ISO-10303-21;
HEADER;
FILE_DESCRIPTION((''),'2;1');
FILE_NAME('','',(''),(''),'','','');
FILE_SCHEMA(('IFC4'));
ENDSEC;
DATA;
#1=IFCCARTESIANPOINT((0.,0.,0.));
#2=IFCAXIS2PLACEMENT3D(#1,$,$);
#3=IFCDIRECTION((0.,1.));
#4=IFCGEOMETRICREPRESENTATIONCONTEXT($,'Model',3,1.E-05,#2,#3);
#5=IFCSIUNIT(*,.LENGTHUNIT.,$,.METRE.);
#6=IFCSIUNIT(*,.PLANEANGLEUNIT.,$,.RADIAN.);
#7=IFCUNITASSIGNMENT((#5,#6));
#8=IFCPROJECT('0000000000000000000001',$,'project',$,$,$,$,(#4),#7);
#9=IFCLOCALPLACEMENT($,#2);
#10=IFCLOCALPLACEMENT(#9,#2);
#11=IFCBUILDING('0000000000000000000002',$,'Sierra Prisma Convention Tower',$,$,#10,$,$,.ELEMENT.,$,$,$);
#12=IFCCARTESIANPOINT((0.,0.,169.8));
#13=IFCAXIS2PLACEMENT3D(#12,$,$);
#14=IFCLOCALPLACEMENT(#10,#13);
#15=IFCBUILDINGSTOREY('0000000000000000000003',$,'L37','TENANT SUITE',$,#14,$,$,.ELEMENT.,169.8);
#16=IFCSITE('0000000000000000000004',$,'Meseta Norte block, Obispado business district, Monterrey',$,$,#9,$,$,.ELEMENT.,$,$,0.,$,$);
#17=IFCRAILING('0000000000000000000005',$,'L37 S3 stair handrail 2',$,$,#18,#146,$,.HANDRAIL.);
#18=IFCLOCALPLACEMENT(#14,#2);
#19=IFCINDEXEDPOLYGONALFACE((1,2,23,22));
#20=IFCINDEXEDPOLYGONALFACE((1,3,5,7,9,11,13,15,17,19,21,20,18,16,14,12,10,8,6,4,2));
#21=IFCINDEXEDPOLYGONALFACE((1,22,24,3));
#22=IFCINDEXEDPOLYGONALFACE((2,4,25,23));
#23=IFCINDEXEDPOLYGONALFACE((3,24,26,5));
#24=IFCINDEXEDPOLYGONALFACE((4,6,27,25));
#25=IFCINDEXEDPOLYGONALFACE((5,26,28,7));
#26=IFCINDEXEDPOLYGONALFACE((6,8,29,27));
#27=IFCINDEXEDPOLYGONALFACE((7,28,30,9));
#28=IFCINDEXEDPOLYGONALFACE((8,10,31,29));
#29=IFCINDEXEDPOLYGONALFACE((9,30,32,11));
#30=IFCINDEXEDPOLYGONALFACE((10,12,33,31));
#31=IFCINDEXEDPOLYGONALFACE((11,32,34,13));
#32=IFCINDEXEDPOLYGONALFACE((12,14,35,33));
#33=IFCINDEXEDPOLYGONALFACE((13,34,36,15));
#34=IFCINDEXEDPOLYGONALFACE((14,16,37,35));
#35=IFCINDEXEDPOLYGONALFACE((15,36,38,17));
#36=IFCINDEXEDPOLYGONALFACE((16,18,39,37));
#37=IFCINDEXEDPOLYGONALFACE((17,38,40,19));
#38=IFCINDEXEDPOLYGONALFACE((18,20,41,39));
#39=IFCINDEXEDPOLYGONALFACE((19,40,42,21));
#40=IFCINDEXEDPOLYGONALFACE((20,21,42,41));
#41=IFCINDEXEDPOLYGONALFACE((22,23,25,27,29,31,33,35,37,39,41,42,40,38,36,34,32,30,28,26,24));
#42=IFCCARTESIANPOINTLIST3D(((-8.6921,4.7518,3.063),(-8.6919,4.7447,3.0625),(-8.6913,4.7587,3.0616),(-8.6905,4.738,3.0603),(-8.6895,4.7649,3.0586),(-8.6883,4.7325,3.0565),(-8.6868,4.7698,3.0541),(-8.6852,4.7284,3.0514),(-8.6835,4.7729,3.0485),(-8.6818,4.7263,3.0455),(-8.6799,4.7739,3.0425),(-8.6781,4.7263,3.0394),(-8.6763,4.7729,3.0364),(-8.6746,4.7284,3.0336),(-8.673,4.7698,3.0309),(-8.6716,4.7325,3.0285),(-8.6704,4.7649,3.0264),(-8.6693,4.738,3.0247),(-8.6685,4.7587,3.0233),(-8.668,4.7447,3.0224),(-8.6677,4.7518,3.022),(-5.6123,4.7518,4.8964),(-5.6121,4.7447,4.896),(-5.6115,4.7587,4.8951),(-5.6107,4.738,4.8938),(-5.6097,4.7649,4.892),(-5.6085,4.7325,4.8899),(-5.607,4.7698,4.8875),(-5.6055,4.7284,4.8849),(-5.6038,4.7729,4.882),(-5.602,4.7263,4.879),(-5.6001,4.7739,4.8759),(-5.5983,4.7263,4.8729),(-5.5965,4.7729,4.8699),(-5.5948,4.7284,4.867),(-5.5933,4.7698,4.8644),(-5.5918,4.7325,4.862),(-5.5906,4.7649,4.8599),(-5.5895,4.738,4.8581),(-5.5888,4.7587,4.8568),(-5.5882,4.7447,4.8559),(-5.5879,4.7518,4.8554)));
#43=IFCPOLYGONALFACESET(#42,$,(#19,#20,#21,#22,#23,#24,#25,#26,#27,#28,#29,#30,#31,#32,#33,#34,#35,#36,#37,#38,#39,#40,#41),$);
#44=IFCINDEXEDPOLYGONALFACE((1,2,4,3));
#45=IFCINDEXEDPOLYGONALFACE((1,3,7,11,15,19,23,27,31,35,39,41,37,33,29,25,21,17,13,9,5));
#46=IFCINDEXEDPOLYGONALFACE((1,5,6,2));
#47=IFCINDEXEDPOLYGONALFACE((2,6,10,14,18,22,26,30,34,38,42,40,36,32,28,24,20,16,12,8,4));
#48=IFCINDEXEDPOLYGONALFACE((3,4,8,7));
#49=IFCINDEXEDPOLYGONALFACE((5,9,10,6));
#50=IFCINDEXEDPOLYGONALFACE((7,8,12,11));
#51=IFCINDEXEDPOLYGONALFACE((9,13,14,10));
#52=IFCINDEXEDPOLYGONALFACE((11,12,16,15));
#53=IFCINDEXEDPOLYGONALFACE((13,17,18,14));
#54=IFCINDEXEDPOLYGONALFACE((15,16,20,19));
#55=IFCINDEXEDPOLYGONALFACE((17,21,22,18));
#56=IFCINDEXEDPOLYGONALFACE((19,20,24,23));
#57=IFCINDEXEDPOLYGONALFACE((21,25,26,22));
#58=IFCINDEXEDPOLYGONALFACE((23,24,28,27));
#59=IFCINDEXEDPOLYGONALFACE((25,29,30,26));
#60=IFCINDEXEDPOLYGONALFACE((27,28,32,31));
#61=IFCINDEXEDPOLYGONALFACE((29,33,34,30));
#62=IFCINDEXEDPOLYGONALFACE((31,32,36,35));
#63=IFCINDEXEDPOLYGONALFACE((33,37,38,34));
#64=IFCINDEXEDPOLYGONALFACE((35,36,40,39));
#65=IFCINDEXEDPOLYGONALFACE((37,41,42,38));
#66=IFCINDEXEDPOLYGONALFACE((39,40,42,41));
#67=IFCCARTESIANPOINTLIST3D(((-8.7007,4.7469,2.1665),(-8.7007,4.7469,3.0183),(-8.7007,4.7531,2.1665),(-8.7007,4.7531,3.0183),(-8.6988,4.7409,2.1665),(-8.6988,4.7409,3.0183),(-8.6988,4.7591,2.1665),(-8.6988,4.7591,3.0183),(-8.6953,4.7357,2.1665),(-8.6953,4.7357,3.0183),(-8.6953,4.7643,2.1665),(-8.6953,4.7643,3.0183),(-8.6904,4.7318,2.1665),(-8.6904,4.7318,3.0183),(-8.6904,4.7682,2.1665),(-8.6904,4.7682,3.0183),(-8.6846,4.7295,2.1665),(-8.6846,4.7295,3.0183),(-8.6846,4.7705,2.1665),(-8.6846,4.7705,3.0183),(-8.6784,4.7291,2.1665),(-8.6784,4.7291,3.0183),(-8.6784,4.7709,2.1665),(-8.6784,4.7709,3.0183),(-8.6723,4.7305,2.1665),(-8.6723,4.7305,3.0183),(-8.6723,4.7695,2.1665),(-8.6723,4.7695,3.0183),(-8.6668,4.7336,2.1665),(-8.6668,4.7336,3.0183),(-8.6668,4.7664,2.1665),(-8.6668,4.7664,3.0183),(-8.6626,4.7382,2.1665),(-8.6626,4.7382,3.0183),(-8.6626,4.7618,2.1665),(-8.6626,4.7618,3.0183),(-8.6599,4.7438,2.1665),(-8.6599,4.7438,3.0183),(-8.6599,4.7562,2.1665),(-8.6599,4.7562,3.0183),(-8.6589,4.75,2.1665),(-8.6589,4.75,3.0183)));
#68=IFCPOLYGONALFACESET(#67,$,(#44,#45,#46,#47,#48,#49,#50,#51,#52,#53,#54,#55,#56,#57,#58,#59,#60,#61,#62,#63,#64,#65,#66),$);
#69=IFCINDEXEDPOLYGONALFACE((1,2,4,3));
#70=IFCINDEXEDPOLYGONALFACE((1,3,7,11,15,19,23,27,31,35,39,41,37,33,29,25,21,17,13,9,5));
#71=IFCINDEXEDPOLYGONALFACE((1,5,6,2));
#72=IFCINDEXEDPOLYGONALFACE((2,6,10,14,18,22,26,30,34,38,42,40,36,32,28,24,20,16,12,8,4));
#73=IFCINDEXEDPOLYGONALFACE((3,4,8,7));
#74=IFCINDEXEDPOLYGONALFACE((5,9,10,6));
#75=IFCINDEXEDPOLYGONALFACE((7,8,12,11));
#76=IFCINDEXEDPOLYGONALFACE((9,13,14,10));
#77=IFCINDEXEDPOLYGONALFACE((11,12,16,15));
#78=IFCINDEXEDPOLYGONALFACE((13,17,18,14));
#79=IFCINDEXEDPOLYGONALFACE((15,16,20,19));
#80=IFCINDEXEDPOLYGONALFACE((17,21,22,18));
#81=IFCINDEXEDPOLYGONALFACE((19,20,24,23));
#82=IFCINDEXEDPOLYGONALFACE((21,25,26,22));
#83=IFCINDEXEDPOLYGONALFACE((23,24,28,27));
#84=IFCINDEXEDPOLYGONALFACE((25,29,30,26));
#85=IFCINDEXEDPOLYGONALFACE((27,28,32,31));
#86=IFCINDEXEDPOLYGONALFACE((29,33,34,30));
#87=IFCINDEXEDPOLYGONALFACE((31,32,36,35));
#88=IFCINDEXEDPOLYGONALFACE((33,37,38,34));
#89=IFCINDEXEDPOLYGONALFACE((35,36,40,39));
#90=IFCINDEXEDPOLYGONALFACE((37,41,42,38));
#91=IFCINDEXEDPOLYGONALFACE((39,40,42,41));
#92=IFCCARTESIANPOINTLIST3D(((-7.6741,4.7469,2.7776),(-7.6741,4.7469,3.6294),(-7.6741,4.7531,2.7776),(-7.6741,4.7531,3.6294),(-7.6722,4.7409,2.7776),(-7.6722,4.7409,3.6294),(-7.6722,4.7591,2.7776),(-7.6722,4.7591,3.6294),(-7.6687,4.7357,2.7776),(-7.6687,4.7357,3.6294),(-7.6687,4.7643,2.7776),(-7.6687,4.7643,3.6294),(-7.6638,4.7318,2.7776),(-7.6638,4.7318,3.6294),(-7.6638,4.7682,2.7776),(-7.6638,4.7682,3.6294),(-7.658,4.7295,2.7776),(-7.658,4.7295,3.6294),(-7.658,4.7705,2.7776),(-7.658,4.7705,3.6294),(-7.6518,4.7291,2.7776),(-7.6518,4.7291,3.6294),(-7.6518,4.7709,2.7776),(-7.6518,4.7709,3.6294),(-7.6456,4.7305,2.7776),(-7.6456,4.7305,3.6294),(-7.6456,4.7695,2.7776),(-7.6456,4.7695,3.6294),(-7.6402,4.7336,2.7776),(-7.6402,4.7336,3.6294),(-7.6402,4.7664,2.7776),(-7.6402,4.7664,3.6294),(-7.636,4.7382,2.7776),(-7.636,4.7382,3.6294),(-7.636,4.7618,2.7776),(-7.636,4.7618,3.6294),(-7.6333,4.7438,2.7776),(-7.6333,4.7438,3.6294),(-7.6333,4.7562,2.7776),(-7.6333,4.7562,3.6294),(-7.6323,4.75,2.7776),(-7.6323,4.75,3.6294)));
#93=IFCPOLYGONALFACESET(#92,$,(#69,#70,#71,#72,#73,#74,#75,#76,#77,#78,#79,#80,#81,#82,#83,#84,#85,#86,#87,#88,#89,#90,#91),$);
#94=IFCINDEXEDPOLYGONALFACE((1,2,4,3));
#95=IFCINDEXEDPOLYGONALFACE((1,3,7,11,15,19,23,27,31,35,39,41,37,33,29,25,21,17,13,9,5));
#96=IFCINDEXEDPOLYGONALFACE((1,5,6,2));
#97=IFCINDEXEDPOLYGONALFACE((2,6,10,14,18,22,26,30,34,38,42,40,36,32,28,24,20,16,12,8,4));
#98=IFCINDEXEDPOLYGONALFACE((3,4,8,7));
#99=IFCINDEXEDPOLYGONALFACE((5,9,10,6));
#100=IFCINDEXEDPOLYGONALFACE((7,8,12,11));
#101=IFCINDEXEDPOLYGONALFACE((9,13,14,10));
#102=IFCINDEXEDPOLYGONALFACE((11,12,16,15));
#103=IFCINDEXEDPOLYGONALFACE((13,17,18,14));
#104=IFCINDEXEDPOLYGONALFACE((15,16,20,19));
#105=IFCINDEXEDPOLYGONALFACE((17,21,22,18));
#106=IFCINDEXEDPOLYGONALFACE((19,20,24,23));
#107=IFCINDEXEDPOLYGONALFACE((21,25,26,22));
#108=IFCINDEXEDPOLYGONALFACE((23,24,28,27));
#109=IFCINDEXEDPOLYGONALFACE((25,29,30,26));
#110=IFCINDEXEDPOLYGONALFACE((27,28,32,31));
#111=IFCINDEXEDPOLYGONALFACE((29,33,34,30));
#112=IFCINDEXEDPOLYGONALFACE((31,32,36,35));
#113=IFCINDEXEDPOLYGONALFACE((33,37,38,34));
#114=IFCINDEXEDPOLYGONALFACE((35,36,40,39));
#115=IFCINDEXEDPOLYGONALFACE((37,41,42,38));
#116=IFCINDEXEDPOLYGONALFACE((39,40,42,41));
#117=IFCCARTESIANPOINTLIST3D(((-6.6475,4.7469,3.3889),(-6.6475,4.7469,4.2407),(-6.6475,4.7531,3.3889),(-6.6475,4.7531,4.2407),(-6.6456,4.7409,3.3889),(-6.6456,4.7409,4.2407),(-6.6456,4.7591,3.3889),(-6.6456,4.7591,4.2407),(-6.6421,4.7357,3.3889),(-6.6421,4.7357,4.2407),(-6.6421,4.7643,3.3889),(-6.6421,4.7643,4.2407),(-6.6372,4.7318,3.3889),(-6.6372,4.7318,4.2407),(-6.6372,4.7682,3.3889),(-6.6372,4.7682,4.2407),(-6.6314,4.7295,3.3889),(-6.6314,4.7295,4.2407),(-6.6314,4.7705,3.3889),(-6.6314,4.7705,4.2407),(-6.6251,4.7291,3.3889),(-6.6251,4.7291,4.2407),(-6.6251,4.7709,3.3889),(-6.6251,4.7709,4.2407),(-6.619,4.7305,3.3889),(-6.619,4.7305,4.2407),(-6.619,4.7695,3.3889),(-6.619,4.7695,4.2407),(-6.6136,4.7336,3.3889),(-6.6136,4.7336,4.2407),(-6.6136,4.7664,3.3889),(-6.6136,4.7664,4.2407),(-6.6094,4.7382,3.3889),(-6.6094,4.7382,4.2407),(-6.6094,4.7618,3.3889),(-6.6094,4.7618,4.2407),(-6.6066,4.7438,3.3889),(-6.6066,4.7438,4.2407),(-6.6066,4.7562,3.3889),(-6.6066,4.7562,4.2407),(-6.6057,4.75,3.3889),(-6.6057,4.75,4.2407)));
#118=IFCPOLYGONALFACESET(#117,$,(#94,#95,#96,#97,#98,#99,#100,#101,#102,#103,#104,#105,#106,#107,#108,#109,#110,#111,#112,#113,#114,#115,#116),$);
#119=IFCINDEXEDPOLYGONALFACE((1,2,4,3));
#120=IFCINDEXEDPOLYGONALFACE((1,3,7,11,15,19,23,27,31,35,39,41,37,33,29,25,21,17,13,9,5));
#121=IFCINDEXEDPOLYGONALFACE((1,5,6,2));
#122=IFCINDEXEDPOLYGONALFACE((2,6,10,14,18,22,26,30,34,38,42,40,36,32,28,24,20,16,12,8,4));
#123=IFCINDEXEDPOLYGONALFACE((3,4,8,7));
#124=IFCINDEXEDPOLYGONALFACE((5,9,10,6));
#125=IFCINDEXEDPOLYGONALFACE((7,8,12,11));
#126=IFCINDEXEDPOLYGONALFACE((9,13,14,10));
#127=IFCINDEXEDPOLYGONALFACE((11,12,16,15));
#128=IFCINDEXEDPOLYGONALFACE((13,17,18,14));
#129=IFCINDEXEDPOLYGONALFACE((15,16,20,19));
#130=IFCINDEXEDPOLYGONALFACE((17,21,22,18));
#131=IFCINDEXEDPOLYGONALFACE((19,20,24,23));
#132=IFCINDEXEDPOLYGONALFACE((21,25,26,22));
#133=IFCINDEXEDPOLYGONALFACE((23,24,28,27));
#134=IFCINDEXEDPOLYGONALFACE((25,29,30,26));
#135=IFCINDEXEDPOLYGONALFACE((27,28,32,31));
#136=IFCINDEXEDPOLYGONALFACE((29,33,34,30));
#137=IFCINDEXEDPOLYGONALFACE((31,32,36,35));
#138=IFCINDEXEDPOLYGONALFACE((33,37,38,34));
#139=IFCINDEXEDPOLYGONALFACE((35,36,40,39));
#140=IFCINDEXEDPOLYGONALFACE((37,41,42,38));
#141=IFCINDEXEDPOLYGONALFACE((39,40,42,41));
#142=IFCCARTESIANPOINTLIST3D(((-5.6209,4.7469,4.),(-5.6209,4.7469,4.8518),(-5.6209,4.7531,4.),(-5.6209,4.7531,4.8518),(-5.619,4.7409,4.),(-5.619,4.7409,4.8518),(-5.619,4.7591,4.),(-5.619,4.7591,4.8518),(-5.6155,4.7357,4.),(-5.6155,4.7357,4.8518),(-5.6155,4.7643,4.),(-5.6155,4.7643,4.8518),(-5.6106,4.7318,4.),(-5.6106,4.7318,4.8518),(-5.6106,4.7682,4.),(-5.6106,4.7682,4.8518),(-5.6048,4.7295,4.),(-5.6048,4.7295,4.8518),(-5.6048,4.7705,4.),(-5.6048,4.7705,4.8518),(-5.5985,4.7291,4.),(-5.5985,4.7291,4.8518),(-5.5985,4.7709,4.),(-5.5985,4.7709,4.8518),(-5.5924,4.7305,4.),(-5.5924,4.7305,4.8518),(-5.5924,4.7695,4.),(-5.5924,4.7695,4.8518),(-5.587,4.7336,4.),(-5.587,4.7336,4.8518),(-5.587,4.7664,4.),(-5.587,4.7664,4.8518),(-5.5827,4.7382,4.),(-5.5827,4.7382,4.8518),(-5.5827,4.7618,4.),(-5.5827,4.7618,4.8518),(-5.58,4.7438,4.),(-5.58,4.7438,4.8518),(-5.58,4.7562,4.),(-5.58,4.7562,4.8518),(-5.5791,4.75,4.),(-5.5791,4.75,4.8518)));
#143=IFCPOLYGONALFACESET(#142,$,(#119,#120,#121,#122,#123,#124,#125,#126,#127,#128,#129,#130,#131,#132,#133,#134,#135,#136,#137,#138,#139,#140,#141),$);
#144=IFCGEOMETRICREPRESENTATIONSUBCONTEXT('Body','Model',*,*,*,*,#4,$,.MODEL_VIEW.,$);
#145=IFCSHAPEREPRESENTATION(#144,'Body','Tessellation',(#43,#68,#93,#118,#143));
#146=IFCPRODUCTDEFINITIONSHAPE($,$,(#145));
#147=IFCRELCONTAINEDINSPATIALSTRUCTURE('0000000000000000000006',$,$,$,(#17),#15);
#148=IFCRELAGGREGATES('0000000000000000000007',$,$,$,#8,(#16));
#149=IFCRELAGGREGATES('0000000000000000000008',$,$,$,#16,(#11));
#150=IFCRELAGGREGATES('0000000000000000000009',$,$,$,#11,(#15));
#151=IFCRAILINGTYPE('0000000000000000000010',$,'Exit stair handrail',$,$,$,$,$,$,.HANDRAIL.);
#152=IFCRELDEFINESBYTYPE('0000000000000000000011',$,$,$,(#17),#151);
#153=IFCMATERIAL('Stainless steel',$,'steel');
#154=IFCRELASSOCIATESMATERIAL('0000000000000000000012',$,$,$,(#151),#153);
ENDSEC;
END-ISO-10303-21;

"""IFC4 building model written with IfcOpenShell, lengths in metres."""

from ifc_helpers import new_model, si_unit, direction, frame, origin, origin_2d, place, context, subcontext, project, spatial, circle, extrude, material, type_object, element, save


model = new_model("IFC4")

# Units and contexts
model_context = context("Model", 3, precision=1e-05, world=origin(), true_north=direction((0.0, 1.0)))
body_context = subcontext(model_context, "Body", "Model", "MODEL_VIEW")
ifc_project = project(units=[si_unit("LENGTHUNIT", "METRE"), si_unit("PLANEANGLEUNIT", "RADIAN")], contexts=[model_context])

# Site, building, storey
site_placement = place(None, origin())
site = spatial("IfcSite", under=ifc_project, at=site_placement, Name="Meseta Norte block, Obispado business district, Monterrey", CompositionType="ELEMENT", RefElevation=0.0)
building_placement = place(site_placement, origin())
building = spatial("IfcBuilding", under=site, at=building_placement, Name="Sierra Prisma Convention Tower", CompositionType="ELEMENT")
storey_placement = place(building_placement, frame((0.0, 0.0, 169.8)))
storey = spatial("IfcBuildingStorey", under=building, at=storey_placement, Name="L37", Description="TENANT SUITE", CompositionType="ELEMENT", Elevation=169.8)

# Railing
ifc_material_1 = material(Name="Stainless steel", Category="steel")
railing_type_1 = type_object("IfcRailingType", Name="Exit stair handrail", PredefinedType="HANDRAIL", material=ifc_material_1)
railing_1_placement = place(storey_placement, frame((-8.6799, 4.75, 2.1665)))
element("IfcRailing", 1, at=railing_1_placement, inside=storey, type_object=railing_type_1, Name="L37 S3 stair handrail 2", PredefinedType="HANDRAIL", context=body_context, shape_type="SweptSolid", body=[
    extrude(circle(Radius=0.0239, at=origin_2d()), frame((0.0, 0.0, 0.876), z_axis=(0.859261, 0.0, 0.511538), x_axis=(0.0, 1.0, 0.0)), (0.0, 0.0, 1.0), 3.5842),
    extrude(circle(Radius=0.021, at=origin_2d()), origin(), (0.0, 0.0, 1.0), 0.8518),
    extrude(circle(Radius=0.021, at=origin_2d()), frame((1.0266, 0.0, 0.6111)), (0.0, 0.0, 1.0), 0.8518),
    extrude(circle(Radius=0.021, at=origin_2d()), frame((2.0532, 0.0, 1.2224)), (0.0, 0.0, 1.0), 0.8518),
    extrude(circle(Radius=0.021, at=origin_2d()), frame((3.0798, 0.0, 1.8335)), (0.0, 0.0, 1.0), 0.8518),
])

save(model, "model.ifc")
